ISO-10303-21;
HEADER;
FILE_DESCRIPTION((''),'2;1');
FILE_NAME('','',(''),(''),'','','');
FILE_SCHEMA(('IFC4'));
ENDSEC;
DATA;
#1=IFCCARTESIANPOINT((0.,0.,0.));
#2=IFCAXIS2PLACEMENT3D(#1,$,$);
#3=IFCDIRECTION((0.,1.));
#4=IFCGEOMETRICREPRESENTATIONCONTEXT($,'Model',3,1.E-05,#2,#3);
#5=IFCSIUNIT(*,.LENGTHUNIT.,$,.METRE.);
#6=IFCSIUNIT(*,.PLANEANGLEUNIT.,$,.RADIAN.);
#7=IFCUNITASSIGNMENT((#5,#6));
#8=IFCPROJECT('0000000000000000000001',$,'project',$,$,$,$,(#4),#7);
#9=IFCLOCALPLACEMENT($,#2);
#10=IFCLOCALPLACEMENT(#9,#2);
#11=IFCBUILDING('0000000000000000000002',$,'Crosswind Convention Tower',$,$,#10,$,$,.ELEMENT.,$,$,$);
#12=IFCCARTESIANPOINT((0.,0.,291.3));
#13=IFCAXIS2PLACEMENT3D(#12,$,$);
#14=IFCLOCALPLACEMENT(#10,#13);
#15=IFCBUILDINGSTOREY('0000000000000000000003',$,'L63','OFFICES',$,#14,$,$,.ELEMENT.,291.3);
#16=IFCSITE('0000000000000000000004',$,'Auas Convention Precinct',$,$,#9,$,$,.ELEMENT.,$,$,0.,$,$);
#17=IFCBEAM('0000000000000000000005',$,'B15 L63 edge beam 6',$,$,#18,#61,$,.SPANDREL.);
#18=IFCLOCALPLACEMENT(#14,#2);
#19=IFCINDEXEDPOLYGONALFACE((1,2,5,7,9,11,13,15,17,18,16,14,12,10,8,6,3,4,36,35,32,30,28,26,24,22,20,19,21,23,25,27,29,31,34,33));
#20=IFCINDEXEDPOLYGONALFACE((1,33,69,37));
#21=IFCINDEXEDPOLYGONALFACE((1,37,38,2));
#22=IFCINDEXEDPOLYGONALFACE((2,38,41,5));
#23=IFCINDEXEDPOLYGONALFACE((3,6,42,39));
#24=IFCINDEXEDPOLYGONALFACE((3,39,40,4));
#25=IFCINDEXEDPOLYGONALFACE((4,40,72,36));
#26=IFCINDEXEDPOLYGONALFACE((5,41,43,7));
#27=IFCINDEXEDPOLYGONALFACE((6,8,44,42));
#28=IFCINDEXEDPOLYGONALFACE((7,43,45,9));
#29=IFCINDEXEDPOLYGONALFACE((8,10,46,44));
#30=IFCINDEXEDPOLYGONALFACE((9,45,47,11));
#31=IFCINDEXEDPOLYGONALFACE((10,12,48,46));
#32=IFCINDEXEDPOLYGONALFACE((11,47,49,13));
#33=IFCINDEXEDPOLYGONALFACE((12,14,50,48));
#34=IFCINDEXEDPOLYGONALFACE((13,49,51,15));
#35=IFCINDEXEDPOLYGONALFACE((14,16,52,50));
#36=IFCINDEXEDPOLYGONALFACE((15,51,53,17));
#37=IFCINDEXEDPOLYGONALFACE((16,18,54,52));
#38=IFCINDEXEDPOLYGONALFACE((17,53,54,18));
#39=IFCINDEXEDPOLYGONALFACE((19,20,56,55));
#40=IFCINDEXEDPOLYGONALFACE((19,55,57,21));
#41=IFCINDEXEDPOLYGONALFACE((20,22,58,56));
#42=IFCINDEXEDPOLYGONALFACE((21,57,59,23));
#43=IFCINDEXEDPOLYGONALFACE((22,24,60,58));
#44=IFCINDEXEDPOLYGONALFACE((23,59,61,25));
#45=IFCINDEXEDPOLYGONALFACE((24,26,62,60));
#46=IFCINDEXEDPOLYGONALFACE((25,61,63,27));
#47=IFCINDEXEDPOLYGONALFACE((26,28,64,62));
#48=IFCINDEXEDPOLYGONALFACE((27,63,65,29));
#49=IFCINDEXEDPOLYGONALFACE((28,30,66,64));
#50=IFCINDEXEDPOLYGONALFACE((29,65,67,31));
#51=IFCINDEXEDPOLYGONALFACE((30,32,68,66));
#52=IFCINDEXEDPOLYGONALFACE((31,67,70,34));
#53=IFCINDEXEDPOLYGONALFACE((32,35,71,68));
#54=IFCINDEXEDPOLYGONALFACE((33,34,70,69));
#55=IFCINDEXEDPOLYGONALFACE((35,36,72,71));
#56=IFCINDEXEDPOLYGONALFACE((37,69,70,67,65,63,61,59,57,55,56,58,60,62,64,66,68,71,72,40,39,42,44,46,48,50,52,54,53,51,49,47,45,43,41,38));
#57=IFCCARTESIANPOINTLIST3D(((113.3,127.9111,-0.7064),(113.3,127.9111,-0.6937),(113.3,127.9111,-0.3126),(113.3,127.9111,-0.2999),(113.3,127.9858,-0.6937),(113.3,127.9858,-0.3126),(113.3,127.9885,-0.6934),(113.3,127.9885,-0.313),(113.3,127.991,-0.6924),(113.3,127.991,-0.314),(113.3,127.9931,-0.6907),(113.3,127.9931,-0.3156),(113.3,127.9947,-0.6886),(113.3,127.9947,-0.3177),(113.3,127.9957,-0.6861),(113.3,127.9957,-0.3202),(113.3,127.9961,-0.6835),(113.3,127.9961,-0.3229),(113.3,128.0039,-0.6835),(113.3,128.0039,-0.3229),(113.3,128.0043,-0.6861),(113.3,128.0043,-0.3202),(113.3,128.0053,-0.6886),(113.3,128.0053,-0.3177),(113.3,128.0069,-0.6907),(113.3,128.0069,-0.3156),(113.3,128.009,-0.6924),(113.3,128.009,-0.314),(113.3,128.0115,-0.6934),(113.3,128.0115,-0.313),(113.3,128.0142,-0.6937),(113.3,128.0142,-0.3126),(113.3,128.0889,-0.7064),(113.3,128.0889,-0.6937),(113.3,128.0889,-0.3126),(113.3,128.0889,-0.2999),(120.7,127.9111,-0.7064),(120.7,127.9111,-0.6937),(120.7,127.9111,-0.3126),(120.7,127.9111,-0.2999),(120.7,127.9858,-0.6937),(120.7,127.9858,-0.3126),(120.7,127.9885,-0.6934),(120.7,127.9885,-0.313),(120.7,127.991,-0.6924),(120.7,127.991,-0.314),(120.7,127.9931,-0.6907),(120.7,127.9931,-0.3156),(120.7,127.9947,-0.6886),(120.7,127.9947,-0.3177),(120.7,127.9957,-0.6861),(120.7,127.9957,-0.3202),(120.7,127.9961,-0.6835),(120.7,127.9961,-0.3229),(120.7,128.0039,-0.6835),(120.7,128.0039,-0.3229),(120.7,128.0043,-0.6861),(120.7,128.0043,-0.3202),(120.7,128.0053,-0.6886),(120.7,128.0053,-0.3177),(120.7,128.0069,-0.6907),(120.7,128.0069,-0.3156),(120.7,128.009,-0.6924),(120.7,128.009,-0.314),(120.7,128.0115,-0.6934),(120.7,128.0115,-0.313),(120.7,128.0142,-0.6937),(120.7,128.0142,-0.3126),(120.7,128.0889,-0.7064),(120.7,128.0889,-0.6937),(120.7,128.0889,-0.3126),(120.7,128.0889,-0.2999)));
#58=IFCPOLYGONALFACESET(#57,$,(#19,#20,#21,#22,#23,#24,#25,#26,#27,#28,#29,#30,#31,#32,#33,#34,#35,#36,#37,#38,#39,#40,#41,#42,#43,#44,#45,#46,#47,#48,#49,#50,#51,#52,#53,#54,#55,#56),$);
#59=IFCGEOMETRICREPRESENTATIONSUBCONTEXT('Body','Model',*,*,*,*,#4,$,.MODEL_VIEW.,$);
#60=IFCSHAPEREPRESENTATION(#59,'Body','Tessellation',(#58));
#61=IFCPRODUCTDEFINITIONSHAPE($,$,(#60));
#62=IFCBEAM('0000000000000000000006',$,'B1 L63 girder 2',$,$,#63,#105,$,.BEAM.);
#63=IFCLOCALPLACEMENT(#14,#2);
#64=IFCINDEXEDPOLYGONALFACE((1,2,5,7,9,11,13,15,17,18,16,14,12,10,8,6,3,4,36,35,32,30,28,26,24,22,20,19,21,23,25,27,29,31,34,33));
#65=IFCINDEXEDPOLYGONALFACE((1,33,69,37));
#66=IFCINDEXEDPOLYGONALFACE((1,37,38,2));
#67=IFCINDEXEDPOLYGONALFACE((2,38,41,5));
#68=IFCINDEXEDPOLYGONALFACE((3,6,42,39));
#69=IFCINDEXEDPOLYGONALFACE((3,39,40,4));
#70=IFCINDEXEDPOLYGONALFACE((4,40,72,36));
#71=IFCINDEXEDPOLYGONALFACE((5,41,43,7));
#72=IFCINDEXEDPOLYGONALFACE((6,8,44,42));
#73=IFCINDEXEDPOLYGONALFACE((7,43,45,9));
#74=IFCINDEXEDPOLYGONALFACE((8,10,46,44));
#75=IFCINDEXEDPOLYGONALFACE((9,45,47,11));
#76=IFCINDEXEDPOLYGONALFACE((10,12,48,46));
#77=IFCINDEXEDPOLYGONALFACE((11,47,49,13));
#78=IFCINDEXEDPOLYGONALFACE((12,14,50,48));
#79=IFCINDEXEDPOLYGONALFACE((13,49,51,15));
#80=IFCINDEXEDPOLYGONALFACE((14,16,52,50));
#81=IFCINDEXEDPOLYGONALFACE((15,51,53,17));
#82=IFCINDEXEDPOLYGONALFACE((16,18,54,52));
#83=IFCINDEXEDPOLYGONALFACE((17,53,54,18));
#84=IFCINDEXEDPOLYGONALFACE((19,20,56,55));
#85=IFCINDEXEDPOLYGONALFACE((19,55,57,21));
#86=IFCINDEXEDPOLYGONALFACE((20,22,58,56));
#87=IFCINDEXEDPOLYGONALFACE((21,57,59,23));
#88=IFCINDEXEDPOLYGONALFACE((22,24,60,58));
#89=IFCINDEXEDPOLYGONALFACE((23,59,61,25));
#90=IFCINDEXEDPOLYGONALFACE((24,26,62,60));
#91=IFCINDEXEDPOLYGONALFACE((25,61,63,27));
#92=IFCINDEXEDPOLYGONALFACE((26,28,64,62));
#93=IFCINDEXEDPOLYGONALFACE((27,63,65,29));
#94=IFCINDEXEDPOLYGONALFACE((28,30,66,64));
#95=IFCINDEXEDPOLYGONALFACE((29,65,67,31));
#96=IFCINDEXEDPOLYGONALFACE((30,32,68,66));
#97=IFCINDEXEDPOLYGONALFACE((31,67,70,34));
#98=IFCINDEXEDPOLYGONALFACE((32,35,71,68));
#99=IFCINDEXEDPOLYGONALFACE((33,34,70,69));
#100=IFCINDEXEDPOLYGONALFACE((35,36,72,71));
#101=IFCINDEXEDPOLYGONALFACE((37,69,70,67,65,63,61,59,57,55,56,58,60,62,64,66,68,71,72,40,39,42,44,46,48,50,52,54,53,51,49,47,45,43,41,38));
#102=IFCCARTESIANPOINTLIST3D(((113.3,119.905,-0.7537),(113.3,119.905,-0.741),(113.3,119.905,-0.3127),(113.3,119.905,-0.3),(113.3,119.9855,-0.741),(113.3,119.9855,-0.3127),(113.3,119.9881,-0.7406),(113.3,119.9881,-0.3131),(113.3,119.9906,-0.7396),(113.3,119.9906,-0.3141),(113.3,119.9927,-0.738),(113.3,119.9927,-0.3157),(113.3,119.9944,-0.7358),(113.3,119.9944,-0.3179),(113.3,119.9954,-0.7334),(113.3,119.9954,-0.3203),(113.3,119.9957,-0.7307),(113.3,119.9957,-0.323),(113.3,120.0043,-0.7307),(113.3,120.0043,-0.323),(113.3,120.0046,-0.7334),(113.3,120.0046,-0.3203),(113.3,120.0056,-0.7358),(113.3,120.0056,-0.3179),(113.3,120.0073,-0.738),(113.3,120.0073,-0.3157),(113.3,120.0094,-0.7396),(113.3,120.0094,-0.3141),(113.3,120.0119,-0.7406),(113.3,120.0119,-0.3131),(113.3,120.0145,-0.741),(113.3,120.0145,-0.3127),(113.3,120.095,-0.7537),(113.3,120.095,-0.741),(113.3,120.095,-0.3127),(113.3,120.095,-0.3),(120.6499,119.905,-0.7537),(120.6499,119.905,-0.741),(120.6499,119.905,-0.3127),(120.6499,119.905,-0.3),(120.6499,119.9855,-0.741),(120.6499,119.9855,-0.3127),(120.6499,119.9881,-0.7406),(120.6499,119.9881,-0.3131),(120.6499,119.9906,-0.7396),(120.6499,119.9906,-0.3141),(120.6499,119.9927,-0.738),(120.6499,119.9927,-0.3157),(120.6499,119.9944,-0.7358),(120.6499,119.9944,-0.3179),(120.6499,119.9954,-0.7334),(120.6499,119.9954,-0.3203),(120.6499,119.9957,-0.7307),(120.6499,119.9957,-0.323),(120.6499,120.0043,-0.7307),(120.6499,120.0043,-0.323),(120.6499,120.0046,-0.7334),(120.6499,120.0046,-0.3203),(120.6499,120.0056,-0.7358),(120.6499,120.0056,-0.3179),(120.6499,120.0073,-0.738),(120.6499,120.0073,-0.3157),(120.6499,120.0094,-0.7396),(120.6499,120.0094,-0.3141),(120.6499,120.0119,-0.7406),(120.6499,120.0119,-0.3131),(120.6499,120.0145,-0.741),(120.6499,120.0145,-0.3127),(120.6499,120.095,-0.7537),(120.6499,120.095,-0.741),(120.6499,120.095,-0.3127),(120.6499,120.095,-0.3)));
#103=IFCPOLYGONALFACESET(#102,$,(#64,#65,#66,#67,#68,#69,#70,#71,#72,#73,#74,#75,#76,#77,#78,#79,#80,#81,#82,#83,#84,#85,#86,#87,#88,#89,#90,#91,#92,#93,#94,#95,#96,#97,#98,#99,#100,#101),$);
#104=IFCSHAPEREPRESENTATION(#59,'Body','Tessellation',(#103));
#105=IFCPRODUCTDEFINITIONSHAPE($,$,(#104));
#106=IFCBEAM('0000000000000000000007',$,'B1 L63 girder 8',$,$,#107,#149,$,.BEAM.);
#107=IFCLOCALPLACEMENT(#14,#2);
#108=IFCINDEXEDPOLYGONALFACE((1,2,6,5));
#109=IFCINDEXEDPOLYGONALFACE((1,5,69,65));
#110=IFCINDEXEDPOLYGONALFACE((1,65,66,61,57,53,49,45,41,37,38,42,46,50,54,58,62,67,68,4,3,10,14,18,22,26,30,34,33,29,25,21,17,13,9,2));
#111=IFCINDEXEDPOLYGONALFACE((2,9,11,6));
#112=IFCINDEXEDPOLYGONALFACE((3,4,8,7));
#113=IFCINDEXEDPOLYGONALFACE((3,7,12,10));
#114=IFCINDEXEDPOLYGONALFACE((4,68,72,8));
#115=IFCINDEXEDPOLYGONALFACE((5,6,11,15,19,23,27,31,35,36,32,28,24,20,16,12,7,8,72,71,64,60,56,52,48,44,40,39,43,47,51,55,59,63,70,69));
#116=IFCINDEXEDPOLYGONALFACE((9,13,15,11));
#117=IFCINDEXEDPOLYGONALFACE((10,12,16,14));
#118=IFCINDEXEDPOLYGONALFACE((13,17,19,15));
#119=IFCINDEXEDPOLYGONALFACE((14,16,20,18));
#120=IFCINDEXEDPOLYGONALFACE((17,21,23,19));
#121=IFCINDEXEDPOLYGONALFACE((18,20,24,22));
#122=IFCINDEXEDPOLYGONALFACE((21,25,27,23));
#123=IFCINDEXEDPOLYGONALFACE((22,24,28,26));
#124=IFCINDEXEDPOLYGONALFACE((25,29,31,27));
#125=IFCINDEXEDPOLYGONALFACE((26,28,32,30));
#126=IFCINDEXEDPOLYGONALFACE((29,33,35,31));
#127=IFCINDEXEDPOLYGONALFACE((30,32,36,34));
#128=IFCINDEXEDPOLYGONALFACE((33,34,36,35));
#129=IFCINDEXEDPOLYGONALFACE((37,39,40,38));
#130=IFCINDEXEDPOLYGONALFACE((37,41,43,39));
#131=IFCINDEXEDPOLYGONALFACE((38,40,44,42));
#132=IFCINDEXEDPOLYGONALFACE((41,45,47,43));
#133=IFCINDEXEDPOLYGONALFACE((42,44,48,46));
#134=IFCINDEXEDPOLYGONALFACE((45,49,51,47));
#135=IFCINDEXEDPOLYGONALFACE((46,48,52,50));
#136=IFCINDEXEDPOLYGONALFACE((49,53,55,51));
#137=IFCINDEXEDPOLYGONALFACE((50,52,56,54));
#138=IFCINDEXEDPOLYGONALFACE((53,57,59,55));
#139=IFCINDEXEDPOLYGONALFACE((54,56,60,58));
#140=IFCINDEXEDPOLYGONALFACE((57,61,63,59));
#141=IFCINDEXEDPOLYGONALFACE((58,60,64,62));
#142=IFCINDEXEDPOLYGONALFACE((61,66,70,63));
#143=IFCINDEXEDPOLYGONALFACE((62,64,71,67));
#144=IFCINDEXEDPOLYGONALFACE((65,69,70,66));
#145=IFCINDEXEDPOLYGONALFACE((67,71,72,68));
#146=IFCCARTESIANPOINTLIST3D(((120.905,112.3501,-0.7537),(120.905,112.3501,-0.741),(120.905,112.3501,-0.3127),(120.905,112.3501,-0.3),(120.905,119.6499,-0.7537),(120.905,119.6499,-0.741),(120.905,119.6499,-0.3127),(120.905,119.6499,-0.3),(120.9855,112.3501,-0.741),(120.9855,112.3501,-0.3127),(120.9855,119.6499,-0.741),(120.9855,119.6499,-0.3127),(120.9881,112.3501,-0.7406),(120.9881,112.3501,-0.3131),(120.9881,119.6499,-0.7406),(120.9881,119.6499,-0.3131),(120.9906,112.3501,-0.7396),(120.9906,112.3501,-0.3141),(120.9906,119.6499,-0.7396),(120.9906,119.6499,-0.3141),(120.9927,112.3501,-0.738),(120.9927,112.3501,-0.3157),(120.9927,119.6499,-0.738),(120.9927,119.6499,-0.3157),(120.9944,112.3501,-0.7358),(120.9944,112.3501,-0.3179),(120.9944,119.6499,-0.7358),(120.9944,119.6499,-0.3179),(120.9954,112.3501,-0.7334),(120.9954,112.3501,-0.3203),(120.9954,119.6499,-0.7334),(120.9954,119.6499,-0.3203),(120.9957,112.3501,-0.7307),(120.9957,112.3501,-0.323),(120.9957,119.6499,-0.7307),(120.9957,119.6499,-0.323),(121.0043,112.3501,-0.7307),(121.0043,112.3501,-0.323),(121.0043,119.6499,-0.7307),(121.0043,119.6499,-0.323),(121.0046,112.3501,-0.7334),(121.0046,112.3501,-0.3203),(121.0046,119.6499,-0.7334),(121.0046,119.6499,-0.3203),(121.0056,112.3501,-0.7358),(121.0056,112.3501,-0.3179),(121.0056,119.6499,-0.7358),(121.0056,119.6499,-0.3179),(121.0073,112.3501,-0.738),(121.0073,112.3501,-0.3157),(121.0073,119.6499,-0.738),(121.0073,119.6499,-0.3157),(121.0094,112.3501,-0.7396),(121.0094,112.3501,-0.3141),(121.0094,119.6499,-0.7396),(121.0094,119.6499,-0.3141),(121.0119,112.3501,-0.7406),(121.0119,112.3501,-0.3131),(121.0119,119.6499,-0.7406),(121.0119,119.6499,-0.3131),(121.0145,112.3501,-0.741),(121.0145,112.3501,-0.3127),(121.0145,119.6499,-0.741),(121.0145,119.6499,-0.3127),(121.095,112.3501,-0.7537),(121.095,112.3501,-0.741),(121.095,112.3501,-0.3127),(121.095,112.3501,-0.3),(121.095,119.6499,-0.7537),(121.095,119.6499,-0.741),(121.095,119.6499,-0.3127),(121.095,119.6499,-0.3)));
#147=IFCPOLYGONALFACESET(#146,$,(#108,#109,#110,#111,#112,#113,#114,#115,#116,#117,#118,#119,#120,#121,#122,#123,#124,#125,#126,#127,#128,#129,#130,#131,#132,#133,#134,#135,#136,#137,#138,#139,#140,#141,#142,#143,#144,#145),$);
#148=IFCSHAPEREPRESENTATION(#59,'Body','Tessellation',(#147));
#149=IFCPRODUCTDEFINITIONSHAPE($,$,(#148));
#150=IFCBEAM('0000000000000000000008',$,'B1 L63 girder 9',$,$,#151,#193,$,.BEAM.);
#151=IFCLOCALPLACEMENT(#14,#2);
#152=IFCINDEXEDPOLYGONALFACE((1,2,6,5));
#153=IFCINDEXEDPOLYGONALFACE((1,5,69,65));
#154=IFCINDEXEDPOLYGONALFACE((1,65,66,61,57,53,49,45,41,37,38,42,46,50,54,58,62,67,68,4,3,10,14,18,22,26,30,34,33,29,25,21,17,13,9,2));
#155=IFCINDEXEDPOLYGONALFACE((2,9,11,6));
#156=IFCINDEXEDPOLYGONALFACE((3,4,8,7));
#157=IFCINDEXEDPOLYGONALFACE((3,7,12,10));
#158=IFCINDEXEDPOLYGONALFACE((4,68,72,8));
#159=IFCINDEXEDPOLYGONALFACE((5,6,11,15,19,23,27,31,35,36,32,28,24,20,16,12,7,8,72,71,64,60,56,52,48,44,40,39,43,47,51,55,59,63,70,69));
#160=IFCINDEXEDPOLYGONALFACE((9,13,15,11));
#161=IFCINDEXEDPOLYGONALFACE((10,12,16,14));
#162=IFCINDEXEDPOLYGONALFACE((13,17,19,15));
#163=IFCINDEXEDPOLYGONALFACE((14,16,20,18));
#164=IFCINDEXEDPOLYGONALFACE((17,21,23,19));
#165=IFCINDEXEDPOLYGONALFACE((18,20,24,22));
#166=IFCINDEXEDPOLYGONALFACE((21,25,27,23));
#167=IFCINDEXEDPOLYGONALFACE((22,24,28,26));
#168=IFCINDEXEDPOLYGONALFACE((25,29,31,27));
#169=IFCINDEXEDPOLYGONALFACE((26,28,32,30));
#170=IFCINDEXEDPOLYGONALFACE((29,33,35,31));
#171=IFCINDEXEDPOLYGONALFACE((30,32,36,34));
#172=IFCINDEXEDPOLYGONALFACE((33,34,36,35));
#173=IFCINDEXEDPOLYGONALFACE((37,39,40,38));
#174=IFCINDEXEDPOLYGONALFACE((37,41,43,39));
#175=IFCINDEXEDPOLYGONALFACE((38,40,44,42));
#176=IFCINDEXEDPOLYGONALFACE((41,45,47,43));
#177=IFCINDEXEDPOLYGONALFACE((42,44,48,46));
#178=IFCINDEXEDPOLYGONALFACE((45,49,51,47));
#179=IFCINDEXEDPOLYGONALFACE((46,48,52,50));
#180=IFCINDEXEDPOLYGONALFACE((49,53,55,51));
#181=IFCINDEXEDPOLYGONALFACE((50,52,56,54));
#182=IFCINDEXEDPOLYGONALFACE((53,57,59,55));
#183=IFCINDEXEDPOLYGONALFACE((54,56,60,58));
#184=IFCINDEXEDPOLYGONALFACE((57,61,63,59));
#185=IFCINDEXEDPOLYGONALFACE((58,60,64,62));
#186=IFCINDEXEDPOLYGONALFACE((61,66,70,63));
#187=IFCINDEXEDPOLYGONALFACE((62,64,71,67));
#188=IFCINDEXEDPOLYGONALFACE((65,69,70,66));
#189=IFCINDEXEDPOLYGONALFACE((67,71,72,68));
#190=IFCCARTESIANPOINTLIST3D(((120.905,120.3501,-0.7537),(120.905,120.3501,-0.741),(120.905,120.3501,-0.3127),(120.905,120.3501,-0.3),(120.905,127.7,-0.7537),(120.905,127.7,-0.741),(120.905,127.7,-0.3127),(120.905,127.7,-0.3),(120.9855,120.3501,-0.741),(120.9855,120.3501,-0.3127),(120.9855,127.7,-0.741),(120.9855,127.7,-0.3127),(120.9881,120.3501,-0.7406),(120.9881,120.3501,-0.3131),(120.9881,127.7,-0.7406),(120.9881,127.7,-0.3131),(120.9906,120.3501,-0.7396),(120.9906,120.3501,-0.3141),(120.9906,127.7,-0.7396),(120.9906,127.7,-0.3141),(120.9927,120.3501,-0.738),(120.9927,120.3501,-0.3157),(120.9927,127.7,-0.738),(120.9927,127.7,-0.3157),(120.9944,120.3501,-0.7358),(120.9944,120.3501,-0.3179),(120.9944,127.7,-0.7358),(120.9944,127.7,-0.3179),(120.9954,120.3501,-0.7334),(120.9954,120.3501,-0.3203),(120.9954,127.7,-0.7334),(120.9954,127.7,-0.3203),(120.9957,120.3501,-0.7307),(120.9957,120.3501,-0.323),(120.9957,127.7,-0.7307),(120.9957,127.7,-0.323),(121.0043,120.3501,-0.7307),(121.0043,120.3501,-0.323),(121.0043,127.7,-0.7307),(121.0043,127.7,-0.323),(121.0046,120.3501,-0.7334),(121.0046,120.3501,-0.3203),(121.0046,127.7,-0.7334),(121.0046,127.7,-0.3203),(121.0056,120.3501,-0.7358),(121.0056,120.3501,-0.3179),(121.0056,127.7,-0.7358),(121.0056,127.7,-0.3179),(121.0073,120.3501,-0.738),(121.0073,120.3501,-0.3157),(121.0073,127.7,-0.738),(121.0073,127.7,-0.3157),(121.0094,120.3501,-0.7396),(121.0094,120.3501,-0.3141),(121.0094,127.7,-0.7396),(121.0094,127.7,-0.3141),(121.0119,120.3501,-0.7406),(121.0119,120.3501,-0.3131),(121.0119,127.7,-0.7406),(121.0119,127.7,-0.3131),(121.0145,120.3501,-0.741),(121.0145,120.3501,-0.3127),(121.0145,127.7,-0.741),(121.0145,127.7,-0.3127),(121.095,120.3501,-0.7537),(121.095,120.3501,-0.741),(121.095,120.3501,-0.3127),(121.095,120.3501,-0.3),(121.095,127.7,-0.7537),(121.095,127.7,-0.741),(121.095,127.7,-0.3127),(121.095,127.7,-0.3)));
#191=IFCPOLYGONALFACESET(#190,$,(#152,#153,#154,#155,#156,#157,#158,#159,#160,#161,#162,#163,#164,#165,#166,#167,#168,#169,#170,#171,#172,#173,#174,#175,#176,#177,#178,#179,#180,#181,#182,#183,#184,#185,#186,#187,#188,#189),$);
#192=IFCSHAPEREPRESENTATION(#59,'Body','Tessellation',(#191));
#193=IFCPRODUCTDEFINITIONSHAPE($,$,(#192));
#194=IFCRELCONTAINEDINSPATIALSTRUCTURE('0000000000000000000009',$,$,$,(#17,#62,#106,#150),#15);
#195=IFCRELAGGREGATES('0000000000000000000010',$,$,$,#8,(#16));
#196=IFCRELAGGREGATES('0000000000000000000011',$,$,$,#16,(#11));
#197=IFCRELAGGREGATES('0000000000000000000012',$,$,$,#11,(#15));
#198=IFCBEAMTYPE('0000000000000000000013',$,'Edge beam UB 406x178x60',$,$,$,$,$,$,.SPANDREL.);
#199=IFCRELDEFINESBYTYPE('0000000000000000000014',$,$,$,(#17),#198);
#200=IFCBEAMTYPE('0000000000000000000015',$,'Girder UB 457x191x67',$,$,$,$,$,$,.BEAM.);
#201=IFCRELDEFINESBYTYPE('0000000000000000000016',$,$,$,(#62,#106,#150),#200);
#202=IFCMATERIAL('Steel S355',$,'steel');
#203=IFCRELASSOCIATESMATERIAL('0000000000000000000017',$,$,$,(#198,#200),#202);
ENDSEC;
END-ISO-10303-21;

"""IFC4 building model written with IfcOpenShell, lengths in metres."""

from ifc_helpers import new_model, si_unit, direction, frame, origin, origin_2d, place, context, subcontext, project, spatial, i_section, extrude, material, material_profile, profile_set, type_object, element, save


model = new_model("IFC4")

# Units and contexts
model_context = context("Model", 3, precision=1e-05, world=origin(), true_north=direction((0.0, 1.0)))
body_context = subcontext(model_context, "Body", "Model", "MODEL_VIEW")
ifc_project = project(units=[si_unit("LENGTHUNIT", "METRE"), si_unit("PLANEANGLEUNIT", "RADIAN")], contexts=[model_context])

# Site, building, storey
site_placement = place(None, origin())
site = spatial("IfcSite", under=ifc_project, at=site_placement, Name="Auas Convention Precinct", CompositionType="ELEMENT", RefElevation=0.0)
building_placement = place(site_placement, origin())
building = spatial("IfcBuilding", under=site, at=building_placement, Name="Crosswind Convention Tower", CompositionType="ELEMENT")
storey_placement = place(building_placement, frame((0.0, 0.0, 291.3)))
storey = spatial("IfcBuildingStorey", under=building, at=storey_placement, Name="L63", Description="OFFICES", CompositionType="ELEMENT", Elevation=291.3)

# Beams
ifc_material_1 = material(Name="Steel S355", Category="steel")
ifc_material_profile_1 = material_profile(ifc_material_1, i_section(OverallWidth=0.1777, OverallDepth=0.4065, WebThickness=0.0078, FlangeThickness=0.0127, FilletRadius=0.0103, at=origin_2d()), Name="UB 406x178x60")
ifc_profile_set_1 = profile_set([ifc_material_profile_1], Name="Steel S355")
beam_type_1 = type_object("IfcBeamType", Name="Edge beam UB 406x178x60", PredefinedType="SPANDREL", material=ifc_profile_set_1)
for number, where, z_axis, x_axis, name in (
    (1, (113.3, 128.0, -0.5032), (1.0, 0.0, 0.0), (0.0, 1.0, 0.0), "B15 L63 edge beam 6"),
):
    element("IfcBeam", number, at=place(storey_placement, frame(where, z_axis=z_axis, x_axis=x_axis)), inside=storey, type_object=beam_type_1, Name=name, PredefinedType="SPANDREL", context=body_context, shape_type="SweptSolid", body=[
        extrude(i_section(OverallWidth=0.1777, OverallDepth=0.4065, WebThickness=0.0078, FlangeThickness=0.0127, FilletRadius=0.0103, at=origin_2d()), origin(), (0.0, 0.0, 1.0), 7.3999),
    ])
ifc_material_profile_2 = material_profile(ifc_material_1, i_section(OverallWidth=0.1899, OverallDepth=0.4536, WebThickness=0.0085, FlangeThickness=0.0127, FilletRadius=0.0103, at=origin_2d()), Name="UB 457x191x67")
ifc_profile_set_2 = profile_set([ifc_material_profile_2], Name="Steel S355")
beam_type_2 = type_object("IfcBeamType", Name="Girder UB 457x191x67", PredefinedType="BEAM", material=ifc_profile_set_2)
beam_1_placement = place(storey_placement, frame((113.3, 120.0, -0.5269), z_axis=(1.0, 0.0, 0.0), x_axis=(0.0, 1.0, 0.0)))
element("IfcBeam", 2, at=beam_1_placement, inside=storey, type_object=beam_type_2, Name="B1 L63 girder 2", PredefinedType="BEAM", context=body_context, shape_type="SweptSolid", body=[
    extrude(i_section(OverallWidth=0.1899, OverallDepth=0.4536, WebThickness=0.0085, FlangeThickness=0.0127, FilletRadius=0.0103, at=origin_2d()), origin(), (0.0, 0.0, 1.0), 7.3499),
])
beam_2_placement = place(storey_placement, frame((121.0, 112.3501, -0.5269), z_axis=(0.0, 1.0, 0.0), x_axis=(-1.0, 0.0, 0.0)))
element("IfcBeam", 3, at=beam_2_placement, inside=storey, type_object=beam_type_2, Name="B1 L63 girder 8", PredefinedType="BEAM", context=body_context, shape_type="SweptSolid", body=[
    extrude(i_section(OverallWidth=0.1899, OverallDepth=0.4536, WebThickness=0.0085, FlangeThickness=0.0127, FilletRadius=0.0103, at=origin_2d()), origin(), (0.0, 0.0, 1.0), 7.2998),
])
beam_3_placement = place(storey_placement, frame((121.0, 120.3501, -0.5269), z_axis=(0.0, 1.0, 0.0), x_axis=(-1.0, 0.0, 0.0)))
element("IfcBeam", 4, at=beam_3_placement, inside=storey, type_object=beam_type_2, Name="B1 L63 girder 9", PredefinedType="BEAM", context=body_context, shape_type="SweptSolid", body=[
    extrude(i_section(OverallWidth=0.1899, OverallDepth=0.4536, WebThickness=0.0085, FlangeThickness=0.0127, FilletRadius=0.0103, at=origin_2d()), origin(), (0.0, 0.0, 1.0), 7.3499),
])

save(model, "model.ifc")
